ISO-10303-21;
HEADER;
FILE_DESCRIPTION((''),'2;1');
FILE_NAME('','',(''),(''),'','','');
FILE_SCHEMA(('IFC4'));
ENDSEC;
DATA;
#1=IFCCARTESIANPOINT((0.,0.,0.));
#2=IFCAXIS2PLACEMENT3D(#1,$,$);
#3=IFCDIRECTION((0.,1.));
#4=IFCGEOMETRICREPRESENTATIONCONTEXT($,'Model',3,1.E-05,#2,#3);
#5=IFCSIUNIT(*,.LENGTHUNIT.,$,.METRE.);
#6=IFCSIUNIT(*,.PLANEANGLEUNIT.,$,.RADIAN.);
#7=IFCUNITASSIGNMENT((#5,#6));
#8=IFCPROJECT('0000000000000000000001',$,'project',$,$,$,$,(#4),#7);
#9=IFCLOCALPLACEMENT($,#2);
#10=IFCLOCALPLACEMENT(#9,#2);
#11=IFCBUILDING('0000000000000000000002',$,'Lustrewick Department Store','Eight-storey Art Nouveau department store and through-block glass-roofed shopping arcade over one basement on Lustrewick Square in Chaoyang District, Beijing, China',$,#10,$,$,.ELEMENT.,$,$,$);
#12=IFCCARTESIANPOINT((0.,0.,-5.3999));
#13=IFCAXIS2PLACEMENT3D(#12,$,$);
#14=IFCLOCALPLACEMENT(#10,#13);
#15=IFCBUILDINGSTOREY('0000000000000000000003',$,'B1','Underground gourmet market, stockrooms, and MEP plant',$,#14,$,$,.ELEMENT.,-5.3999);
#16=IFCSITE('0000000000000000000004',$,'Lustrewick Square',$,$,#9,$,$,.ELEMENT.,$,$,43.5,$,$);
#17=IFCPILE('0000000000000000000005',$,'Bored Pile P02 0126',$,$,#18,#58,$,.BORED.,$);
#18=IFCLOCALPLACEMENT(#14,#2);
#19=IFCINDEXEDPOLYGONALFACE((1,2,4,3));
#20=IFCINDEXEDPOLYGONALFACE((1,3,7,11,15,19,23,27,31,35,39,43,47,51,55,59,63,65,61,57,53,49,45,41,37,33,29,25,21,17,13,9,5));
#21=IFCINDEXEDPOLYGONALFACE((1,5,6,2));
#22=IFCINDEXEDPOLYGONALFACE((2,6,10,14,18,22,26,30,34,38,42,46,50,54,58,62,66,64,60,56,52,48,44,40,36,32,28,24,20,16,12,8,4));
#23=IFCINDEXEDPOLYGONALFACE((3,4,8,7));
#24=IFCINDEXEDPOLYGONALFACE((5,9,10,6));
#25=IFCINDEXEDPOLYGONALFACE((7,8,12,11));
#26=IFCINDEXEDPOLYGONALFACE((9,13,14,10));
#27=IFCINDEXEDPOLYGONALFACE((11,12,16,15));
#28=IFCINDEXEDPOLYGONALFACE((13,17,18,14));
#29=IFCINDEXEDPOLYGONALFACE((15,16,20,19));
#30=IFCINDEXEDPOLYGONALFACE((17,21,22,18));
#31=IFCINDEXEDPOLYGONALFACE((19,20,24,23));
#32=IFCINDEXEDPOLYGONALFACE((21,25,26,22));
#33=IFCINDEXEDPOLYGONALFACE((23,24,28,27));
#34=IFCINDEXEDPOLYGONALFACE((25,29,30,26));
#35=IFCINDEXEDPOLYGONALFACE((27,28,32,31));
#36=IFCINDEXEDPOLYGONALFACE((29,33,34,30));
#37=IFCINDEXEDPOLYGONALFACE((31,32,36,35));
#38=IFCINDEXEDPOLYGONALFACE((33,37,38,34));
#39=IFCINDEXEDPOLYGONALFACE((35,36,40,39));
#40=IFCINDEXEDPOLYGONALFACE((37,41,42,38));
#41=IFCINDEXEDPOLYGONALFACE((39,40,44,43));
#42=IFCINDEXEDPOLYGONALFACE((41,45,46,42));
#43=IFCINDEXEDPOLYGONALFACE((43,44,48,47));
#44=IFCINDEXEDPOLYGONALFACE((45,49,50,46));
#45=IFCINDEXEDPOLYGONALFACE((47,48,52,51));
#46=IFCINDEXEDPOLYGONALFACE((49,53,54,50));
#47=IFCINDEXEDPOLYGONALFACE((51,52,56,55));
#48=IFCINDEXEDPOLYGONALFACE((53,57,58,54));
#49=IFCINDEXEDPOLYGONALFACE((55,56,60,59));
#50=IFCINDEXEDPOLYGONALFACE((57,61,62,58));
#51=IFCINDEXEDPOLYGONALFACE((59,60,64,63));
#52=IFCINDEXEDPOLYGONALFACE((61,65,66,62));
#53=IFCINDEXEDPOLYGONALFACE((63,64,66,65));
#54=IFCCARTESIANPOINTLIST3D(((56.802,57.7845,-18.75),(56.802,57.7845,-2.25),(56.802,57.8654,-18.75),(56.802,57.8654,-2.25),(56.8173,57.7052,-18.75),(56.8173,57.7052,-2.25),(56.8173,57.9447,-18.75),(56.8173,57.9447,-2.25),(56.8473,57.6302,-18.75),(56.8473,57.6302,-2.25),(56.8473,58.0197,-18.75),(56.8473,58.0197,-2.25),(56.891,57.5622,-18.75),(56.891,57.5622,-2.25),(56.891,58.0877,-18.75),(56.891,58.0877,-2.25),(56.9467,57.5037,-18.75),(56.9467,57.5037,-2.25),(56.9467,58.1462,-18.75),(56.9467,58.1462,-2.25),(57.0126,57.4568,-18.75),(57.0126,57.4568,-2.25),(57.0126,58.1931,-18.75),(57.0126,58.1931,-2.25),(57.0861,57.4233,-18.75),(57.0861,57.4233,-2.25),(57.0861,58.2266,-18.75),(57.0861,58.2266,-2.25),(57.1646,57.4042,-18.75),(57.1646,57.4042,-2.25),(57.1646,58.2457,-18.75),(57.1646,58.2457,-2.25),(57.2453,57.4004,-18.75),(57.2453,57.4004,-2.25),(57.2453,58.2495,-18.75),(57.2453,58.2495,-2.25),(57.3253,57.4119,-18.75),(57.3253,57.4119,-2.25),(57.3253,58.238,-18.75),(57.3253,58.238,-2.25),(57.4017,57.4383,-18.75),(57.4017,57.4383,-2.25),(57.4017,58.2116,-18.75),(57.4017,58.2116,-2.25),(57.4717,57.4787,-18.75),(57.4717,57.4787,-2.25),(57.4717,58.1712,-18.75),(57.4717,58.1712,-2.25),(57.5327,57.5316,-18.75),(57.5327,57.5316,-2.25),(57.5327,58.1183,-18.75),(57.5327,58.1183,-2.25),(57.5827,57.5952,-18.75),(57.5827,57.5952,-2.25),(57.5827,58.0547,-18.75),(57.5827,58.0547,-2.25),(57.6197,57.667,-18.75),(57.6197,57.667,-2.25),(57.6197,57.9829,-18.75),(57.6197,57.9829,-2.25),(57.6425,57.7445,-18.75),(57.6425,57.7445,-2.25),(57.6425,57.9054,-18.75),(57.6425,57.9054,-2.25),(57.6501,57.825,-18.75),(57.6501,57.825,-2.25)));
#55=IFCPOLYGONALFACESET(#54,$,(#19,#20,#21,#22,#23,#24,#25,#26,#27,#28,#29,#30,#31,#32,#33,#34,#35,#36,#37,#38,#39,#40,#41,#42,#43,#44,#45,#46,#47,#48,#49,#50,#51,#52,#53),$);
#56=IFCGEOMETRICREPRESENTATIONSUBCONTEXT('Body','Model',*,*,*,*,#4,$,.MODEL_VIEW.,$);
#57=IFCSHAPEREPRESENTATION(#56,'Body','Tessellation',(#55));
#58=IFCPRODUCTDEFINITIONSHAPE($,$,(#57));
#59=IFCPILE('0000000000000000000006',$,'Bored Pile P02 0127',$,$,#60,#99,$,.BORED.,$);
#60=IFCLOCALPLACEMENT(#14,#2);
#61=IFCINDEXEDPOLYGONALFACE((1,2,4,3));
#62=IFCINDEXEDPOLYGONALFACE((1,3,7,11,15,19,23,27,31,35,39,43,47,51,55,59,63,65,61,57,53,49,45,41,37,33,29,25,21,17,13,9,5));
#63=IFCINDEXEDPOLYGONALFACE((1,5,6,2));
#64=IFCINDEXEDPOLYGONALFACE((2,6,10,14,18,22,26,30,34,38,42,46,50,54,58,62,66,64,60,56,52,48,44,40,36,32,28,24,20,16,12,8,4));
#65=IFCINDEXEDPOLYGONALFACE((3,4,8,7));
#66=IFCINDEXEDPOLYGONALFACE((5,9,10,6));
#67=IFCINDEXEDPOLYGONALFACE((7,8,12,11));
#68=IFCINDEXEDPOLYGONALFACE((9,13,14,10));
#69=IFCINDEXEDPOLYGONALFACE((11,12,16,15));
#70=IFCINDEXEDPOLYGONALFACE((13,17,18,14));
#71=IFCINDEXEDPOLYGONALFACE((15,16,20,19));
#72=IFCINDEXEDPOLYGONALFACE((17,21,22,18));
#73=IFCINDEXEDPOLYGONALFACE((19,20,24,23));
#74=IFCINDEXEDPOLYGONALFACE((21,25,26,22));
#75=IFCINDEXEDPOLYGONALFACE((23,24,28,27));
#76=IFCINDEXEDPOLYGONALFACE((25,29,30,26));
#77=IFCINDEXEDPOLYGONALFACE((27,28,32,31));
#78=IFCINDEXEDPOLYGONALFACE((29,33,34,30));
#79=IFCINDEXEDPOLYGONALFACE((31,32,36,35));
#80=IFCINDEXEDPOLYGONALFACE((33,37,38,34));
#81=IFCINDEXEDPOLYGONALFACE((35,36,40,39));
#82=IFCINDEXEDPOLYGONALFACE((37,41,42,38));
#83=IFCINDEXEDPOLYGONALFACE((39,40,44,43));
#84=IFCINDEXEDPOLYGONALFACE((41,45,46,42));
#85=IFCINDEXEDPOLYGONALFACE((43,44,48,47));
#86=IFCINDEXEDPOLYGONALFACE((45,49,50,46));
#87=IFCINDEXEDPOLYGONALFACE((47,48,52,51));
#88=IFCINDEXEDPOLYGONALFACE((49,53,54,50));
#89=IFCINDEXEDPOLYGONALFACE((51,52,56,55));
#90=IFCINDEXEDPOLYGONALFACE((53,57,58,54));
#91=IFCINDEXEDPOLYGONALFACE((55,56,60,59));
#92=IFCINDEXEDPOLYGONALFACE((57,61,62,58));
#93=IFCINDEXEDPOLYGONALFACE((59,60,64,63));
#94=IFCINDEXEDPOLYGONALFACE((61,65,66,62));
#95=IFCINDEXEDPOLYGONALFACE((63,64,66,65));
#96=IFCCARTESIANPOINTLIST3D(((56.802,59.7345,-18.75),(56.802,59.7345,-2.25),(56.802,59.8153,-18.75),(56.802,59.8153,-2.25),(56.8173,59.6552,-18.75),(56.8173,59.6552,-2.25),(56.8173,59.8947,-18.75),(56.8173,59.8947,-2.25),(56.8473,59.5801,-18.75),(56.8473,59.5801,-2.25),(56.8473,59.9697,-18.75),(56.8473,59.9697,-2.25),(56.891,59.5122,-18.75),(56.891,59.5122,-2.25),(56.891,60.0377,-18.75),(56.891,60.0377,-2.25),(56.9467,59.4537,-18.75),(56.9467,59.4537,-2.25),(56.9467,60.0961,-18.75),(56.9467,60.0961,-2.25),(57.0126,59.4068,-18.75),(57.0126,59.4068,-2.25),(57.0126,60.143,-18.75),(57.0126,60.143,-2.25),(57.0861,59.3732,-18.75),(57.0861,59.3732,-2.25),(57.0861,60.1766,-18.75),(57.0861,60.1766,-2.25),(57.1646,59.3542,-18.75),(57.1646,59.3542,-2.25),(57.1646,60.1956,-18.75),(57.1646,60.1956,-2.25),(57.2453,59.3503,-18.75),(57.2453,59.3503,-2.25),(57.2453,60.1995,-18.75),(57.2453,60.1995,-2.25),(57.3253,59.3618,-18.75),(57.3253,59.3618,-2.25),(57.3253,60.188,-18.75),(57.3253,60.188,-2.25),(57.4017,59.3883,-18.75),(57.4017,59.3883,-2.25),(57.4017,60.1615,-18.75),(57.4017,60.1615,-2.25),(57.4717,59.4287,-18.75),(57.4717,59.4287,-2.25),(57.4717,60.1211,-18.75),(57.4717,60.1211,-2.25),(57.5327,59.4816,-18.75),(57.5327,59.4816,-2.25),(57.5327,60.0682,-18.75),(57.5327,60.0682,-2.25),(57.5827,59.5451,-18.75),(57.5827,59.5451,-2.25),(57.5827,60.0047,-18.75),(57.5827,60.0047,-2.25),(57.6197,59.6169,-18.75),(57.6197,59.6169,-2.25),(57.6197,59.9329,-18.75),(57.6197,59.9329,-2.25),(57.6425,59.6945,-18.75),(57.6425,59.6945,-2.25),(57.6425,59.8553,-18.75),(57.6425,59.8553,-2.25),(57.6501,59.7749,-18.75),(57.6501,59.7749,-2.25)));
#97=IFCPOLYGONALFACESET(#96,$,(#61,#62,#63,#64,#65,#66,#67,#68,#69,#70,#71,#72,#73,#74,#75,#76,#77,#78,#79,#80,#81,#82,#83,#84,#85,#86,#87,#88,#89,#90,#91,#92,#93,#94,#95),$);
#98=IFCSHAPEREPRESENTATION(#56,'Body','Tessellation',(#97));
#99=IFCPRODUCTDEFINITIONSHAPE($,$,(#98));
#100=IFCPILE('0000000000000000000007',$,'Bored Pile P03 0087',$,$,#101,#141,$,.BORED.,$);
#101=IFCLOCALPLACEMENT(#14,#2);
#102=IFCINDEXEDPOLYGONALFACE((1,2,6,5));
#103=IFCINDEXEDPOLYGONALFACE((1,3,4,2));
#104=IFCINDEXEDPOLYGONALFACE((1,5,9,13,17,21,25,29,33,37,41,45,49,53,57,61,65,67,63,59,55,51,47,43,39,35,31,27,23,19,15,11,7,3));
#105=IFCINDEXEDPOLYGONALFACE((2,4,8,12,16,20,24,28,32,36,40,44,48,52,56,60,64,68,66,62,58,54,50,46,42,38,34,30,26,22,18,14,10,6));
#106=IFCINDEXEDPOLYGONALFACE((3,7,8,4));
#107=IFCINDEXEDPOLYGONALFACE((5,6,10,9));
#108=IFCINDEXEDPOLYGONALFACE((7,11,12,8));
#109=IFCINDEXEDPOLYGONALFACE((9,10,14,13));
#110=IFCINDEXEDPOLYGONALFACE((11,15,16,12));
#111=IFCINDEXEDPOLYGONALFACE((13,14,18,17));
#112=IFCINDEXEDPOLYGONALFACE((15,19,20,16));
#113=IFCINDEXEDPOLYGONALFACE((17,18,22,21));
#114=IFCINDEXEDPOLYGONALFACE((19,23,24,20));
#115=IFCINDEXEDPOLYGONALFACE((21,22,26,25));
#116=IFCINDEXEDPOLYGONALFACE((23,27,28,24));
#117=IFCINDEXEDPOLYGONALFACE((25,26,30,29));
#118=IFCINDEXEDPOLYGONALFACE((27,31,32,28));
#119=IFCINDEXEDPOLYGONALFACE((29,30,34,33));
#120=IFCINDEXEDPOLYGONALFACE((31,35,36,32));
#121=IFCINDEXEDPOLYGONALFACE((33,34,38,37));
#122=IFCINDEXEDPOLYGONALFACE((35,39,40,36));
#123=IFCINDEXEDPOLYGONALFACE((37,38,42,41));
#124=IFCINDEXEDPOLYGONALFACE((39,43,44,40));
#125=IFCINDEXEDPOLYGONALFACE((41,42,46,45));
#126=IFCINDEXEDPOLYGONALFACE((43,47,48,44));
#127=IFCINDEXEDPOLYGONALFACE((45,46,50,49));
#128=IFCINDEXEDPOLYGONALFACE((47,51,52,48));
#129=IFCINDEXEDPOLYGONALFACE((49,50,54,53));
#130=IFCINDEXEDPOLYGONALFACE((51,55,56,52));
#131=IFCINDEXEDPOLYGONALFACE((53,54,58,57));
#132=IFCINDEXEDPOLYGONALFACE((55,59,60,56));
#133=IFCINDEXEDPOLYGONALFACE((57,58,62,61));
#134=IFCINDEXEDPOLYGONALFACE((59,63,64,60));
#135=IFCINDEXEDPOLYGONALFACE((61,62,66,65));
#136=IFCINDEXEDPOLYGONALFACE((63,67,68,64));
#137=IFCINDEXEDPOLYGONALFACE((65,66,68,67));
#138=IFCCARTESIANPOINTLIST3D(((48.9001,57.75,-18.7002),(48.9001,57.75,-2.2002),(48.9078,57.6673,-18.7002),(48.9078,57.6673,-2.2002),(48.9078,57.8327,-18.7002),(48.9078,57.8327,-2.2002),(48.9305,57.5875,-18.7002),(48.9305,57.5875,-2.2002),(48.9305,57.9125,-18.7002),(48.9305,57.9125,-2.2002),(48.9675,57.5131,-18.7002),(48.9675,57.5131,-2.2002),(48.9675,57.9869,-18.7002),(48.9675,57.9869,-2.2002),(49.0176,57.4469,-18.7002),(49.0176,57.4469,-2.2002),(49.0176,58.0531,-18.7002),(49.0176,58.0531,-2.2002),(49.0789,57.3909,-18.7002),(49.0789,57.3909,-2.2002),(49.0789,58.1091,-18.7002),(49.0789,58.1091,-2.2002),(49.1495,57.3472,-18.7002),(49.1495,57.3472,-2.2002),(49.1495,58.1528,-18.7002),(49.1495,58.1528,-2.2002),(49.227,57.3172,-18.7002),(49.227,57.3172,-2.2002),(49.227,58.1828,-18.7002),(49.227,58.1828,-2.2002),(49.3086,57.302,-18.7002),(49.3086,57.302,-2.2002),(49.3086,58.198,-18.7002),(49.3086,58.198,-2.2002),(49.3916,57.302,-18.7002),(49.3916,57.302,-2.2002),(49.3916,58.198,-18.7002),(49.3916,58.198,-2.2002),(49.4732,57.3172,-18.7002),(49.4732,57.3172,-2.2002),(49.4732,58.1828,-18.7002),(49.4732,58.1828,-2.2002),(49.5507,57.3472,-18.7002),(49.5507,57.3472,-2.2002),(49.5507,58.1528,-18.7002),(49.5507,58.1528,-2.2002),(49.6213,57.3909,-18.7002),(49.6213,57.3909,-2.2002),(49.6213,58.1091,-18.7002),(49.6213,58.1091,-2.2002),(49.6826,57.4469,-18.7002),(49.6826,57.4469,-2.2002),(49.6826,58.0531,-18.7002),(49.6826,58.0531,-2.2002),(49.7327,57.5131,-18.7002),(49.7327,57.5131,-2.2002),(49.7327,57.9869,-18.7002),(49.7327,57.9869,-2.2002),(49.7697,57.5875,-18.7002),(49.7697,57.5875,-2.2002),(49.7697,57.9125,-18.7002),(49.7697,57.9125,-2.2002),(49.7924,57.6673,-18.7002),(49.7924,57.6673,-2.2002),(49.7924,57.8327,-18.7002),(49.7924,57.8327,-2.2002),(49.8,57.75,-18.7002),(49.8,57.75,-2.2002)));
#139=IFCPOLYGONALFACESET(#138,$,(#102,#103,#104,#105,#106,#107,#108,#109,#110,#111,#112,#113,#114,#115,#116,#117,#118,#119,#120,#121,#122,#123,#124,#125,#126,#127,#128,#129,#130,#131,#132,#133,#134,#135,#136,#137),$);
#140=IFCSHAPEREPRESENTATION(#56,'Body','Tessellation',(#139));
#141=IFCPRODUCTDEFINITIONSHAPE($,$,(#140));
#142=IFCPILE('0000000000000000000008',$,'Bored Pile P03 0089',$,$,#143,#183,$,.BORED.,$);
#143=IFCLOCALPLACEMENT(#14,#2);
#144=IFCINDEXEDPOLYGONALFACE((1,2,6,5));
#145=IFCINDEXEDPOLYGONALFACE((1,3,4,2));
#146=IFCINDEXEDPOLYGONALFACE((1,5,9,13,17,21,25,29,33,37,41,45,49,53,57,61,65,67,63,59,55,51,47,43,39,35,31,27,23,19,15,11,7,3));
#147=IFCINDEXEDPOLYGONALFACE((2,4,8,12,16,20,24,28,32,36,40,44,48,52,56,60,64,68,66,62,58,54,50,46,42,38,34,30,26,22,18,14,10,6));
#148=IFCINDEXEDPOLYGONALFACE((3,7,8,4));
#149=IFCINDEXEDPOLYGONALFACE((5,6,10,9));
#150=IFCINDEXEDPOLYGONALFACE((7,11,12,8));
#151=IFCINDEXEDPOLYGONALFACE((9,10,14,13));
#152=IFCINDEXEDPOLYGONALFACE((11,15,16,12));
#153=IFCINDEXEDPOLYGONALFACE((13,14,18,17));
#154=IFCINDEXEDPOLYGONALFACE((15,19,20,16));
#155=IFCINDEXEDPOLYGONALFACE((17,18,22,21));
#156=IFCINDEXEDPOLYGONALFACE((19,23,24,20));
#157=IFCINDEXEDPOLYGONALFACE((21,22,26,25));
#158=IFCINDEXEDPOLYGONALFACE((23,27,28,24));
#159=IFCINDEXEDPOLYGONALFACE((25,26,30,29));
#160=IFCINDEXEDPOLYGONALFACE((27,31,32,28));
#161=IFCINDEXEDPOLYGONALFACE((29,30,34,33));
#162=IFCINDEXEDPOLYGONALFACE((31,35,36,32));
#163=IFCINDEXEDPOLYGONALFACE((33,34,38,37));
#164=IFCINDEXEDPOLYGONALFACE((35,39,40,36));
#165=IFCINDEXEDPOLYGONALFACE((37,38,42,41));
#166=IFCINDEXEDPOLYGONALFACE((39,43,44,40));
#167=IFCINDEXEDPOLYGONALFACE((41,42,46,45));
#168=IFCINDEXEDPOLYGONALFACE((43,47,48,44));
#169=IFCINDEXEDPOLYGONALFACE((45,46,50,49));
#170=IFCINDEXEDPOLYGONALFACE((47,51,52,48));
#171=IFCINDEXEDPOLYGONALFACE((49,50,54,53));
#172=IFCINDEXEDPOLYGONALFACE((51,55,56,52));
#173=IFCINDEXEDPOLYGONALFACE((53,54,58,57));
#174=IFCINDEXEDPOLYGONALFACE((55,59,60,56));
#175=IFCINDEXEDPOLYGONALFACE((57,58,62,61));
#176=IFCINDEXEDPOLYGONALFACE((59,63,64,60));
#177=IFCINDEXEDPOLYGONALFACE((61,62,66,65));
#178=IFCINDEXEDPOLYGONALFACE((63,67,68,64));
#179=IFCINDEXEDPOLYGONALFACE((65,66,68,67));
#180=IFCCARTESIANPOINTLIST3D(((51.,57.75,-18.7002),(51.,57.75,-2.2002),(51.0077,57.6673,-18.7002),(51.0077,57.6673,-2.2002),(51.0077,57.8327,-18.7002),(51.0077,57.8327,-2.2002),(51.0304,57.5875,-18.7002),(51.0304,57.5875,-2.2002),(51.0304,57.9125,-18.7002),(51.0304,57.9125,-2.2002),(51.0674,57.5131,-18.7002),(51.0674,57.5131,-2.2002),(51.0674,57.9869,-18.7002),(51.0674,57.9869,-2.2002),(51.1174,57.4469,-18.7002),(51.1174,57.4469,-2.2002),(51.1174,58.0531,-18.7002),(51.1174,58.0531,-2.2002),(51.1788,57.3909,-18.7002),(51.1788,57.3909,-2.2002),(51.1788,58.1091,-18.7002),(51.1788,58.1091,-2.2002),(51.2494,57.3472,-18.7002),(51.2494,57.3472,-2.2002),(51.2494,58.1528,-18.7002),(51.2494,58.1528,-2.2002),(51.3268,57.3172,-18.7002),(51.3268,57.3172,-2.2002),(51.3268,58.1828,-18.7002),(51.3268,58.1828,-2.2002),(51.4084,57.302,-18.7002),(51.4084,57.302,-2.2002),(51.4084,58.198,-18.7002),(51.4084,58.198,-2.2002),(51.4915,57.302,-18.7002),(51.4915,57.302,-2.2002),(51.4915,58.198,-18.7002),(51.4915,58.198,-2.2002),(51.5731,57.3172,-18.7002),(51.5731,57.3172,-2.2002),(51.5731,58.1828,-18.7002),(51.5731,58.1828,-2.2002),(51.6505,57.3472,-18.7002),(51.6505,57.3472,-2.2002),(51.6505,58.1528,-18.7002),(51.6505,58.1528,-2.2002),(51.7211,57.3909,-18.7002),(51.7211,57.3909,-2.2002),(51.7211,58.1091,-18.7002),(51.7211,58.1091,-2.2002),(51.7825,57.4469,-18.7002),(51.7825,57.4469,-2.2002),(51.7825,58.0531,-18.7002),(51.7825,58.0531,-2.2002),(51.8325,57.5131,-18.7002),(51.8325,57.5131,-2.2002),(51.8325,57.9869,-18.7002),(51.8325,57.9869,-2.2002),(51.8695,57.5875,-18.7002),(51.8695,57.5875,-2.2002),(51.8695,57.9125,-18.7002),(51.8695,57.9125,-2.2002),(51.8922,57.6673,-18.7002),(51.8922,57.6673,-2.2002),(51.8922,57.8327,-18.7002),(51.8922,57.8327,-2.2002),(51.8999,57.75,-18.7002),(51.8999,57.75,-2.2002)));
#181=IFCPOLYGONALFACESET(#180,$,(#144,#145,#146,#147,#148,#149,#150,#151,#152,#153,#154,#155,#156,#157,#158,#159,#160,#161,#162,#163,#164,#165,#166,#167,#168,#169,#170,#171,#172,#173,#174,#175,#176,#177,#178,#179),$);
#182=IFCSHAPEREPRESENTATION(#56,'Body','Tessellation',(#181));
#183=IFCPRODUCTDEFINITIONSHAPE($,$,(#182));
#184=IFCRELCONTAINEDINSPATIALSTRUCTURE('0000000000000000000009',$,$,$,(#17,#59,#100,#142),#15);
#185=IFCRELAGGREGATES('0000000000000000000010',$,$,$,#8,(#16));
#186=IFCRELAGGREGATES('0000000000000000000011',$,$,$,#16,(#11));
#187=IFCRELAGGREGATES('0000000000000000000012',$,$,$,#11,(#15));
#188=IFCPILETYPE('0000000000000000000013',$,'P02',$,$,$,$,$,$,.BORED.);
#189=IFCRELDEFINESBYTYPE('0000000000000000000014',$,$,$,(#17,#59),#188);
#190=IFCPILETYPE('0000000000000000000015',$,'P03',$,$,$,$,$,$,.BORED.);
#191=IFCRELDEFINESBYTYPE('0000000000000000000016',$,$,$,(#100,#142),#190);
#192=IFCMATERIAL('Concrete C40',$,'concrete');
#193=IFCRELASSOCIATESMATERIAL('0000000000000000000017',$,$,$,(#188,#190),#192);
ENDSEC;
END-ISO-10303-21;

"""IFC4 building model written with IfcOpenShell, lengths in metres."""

from ifc_helpers import new_model, si_unit, direction, frame, origin, origin_2d, place, context, subcontext, project, spatial, circle, extrude, material, material_profile, profile_set, type_object, element, save


model = new_model("IFC4")

# Units and contexts
model_context = context("Model", 3, precision=1e-05, world=origin(), true_north=direction((0.0, 1.0)))
body_context = subcontext(model_context, "Body", "Model", "MODEL_VIEW")
ifc_project = project(units=[si_unit("LENGTHUNIT", "METRE"), si_unit("PLANEANGLEUNIT", "RADIAN")], contexts=[model_context])

# Site, building, storey
site_placement = place(None, origin())
site = spatial("IfcSite", under=ifc_project, at=site_placement, Name="Lustrewick Square", CompositionType="ELEMENT", RefElevation=43.5)
building_placement = place(site_placement, origin())
building = spatial("IfcBuilding", under=site, at=building_placement, Name="Lustrewick Department Store", Description="Eight-storey Art Nouveau department store and through-block glass-roofed shopping arcade over one basement on Lustrewick Square in Chaoyang District, Beijing, China", CompositionType="ELEMENT")
storey_placement = place(building_placement, frame((0.0, 0.0, -5.3999)))
storey = spatial("IfcBuildingStorey", under=building, at=storey_placement, Name="B1", Description="Underground gourmet market, stockrooms, and MEP plant", CompositionType="ELEMENT", Elevation=-5.3999)

# Piles
ifc_material_1 = material(Name="Concrete C40", Category="concrete")
ifc_material_profile_1 = material_profile(ifc_material_1, circle(Radius=0.425, at=origin_2d()), Name="PILE D850")
ifc_profile_set_1 = profile_set([ifc_material_profile_1], Name="Concrete C40")
pile_type_1 = type_object("IfcPileType", Name="P02", PredefinedType="BORED", material=ifc_profile_set_1)
for number, where, z_axis, x_axis, name in (
    (1, (57.2251, 57.825, -2.25), (0.0, 0.0, -1.0), (1.0, 0.0, 0.0), "Bored Pile P02 0126"),
    (2, (57.2251, 59.7749, -2.25), (0.0, 0.0, -1.0), (1.0, 0.0, 0.0), "Bored Pile P02 0127"),
):
    element("IfcPile", number, at=place(storey_placement, frame(where, z_axis=z_axis, x_axis=x_axis)), inside=storey, type_object=pile_type_1, Name=name, PredefinedType="BORED", context=body_context, shape_type="SweptSolid", body=[
        extrude(circle(Radius=0.425, at=origin_2d()), origin(), (0.0, 0.0, 1.0), 16.5),
    ])
ifc_material_profile_2 = material_profile(ifc_material_1, circle(Radius=0.45, at=origin_2d()), Name="PILE D900")
ifc_profile_set_2 = profile_set([ifc_material_profile_2], Name="Concrete C40")
pile_type_2 = type_object("IfcPileType", Name="P03", PredefinedType="BORED", material=ifc_profile_set_2)
for number, where, z_axis, x_axis, name in (
    (3, (49.3501, 57.75, -2.2002), (0.0, 0.0, -1.0), (1.0, 0.0, 0.0), "Bored Pile P03 0087"),
    (4, (51.45, 57.75, -2.2002), (0.0, 0.0, -1.0), (1.0, 0.0, 0.0), "Bored Pile P03 0089"),
):
    element("IfcPile", number, at=place(storey_placement, frame(where, z_axis=z_axis, x_axis=x_axis)), inside=storey, type_object=pile_type_2, Name=name, PredefinedType="BORED", context=body_context, shape_type="SweptSolid", body=[
        extrude(circle(Radius=0.45, at=origin_2d()), origin(), (0.0, 0.0, 1.0), 16.5),
    ])

save(model, "model.ifc")
